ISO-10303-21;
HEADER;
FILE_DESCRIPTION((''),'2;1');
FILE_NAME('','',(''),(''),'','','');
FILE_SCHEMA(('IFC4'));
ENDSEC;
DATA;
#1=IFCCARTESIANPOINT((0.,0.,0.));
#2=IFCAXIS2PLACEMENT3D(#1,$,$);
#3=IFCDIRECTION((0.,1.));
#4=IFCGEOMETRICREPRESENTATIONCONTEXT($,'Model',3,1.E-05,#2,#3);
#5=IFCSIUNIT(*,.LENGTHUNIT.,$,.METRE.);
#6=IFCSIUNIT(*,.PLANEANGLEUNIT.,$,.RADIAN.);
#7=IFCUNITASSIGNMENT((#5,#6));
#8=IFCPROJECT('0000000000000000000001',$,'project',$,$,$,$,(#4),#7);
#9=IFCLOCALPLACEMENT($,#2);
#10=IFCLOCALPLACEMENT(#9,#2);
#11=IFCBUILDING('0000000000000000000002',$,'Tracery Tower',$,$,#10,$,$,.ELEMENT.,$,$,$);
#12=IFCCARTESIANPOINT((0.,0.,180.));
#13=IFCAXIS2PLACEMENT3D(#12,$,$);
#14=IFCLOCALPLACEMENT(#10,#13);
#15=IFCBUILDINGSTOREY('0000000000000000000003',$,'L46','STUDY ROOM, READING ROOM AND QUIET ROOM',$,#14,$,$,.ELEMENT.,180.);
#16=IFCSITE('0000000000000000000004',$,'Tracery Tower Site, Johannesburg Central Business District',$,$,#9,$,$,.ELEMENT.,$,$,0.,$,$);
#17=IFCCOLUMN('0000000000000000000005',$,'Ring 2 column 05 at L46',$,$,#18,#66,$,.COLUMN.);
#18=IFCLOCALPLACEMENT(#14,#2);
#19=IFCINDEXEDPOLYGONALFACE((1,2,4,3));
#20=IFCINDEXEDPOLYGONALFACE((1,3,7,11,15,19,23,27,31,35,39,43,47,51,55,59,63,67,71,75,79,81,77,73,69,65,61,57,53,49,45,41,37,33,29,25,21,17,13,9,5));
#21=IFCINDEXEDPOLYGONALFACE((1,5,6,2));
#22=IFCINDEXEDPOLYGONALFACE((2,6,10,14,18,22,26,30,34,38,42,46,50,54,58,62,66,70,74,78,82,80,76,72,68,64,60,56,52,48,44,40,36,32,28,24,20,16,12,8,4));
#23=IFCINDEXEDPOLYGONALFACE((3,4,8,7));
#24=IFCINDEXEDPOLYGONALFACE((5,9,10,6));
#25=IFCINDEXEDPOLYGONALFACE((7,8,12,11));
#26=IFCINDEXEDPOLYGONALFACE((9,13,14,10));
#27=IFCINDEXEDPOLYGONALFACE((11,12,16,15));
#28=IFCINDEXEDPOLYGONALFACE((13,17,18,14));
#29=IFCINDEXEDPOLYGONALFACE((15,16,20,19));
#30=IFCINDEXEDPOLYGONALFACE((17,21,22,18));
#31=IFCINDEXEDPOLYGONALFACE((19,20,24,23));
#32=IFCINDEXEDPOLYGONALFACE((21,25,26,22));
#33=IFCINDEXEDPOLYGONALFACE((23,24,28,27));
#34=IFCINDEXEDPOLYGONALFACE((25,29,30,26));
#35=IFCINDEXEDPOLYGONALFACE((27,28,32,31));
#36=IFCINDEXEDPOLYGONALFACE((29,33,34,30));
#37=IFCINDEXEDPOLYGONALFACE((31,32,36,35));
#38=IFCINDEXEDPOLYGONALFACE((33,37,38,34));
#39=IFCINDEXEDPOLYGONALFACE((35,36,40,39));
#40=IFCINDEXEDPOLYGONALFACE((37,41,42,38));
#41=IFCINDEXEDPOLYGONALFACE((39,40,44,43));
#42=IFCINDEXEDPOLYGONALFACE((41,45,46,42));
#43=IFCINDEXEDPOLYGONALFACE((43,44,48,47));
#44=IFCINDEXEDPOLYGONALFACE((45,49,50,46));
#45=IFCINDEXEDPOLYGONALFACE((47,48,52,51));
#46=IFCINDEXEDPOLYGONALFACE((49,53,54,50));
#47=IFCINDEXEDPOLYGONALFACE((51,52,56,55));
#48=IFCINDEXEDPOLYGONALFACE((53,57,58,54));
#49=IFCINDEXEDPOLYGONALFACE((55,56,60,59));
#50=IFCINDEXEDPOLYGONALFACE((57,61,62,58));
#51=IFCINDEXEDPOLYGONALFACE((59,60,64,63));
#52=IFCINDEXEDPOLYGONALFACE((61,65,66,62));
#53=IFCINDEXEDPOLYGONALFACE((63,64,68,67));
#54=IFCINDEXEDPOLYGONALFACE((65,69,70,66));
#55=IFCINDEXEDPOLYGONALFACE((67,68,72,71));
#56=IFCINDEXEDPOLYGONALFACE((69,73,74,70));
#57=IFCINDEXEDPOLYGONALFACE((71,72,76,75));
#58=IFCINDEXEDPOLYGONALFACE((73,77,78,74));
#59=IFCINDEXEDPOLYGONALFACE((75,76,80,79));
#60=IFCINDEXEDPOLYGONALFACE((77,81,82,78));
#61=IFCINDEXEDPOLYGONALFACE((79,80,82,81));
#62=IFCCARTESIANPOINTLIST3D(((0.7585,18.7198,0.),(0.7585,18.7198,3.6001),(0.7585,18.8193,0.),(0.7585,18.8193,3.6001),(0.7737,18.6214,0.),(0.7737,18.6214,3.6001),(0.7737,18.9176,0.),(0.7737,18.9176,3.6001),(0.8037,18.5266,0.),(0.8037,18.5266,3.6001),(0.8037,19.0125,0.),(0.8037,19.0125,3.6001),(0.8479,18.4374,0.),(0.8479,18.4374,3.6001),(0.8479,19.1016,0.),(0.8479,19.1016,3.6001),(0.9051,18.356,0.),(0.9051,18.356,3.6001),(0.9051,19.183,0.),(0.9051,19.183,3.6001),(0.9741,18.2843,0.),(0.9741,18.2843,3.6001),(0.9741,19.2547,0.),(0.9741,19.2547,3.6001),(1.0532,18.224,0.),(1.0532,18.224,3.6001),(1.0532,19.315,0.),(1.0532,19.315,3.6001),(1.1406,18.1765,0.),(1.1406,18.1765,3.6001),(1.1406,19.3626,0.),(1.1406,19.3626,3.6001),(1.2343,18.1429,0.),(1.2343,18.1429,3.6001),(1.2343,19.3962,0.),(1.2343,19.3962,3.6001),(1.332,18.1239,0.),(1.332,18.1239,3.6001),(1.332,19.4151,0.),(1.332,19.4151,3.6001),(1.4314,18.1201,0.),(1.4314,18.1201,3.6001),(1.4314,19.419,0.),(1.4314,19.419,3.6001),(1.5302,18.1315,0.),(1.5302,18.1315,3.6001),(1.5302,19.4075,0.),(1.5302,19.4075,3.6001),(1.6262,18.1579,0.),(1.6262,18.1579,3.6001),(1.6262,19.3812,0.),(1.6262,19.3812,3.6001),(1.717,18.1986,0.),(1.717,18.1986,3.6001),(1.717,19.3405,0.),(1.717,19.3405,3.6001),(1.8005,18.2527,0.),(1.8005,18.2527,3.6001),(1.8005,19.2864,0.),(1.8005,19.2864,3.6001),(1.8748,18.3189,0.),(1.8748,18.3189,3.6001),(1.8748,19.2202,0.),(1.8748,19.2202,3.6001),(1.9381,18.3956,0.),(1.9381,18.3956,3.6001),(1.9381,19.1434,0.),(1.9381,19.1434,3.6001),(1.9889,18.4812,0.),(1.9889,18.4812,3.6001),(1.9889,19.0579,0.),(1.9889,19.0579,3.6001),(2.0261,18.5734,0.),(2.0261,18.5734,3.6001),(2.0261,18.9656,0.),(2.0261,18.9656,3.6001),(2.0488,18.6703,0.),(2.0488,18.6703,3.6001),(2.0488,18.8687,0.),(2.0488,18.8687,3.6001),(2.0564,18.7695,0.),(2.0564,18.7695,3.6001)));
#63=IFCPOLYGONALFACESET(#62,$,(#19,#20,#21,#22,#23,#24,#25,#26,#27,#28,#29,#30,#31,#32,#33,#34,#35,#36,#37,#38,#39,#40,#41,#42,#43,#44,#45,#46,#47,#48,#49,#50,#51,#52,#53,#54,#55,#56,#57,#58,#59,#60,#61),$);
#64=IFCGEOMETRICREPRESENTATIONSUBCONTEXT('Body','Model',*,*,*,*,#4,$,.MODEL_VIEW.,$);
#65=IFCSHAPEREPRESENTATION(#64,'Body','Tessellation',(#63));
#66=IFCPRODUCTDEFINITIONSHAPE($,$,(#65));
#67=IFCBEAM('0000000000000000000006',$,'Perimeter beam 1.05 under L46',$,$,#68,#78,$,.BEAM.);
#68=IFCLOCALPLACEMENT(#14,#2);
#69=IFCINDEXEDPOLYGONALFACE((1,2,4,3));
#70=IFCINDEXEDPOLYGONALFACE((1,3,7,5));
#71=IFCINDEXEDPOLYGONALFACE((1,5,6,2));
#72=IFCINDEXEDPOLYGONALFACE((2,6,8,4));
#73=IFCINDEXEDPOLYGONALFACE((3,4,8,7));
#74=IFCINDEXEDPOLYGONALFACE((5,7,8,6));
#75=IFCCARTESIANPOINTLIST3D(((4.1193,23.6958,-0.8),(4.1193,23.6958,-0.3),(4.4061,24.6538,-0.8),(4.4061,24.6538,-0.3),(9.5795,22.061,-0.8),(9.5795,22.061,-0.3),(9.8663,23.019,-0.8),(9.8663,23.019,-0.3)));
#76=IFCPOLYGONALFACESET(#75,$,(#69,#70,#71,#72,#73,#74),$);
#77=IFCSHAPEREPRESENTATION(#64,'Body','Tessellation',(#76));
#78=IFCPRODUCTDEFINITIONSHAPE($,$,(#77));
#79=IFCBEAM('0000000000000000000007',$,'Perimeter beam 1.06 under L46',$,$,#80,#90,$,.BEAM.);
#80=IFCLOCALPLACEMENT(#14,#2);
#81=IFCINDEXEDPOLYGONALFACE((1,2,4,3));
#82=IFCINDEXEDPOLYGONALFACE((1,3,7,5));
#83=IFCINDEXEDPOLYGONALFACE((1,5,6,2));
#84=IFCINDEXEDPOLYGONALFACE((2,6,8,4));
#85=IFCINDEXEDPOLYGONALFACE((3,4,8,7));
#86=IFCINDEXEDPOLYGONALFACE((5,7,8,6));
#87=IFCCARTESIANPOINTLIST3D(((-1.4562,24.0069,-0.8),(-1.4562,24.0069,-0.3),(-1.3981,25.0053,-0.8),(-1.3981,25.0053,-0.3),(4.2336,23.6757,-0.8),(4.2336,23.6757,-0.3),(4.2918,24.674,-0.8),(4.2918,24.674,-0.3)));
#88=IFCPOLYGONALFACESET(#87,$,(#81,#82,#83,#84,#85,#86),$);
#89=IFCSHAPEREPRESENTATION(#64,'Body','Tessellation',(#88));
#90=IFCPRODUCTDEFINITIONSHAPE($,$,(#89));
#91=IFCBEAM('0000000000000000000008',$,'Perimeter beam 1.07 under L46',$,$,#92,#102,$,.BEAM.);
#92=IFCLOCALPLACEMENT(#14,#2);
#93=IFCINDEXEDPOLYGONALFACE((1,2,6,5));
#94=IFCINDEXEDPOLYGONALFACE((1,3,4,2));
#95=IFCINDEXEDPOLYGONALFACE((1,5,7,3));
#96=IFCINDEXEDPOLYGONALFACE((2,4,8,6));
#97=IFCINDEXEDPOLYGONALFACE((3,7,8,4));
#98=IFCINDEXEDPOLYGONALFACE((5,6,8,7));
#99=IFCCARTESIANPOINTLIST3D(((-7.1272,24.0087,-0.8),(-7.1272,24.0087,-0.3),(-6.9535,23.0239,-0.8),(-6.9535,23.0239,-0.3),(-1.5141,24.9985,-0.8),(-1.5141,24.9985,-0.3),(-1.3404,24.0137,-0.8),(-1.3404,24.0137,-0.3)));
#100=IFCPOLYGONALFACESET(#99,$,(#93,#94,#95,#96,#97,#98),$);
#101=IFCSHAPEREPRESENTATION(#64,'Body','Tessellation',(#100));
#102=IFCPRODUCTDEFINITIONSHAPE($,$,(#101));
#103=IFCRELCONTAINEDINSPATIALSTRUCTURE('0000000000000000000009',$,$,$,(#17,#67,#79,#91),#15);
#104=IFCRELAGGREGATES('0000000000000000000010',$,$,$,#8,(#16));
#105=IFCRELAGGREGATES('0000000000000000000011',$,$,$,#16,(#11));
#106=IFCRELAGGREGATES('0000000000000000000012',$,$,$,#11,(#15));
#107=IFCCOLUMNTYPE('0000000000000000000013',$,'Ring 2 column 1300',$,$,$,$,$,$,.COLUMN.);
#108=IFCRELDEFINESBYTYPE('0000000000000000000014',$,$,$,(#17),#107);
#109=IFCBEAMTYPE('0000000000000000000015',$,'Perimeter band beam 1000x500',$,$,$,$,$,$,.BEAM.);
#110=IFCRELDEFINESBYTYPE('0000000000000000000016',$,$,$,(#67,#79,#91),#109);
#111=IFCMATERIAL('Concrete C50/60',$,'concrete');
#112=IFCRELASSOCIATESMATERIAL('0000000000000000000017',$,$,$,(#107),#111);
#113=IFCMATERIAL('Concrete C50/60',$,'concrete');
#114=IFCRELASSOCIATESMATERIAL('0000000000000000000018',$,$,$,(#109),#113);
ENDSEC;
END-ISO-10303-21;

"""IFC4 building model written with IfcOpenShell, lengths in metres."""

from ifc_helpers import new_model, si_unit, direction, frame, origin, origin_2d, place, context, subcontext, project, spatial, rectangle, circle, extrude, material, material_profile, profile_set, type_object, element, save


model = new_model("IFC4")

# Units and contexts
model_context = context("Model", 3, precision=1e-05, world=origin(), true_north=direction((0.0, 1.0)))
body_context = subcontext(model_context, "Body", "Model", "MODEL_VIEW")
ifc_project = project(units=[si_unit("LENGTHUNIT", "METRE"), si_unit("PLANEANGLEUNIT", "RADIAN")], contexts=[model_context])

# Site, building, storey
site_placement = place(None, origin())
site = spatial("IfcSite", under=ifc_project, at=site_placement, Name="Tracery Tower Site, Johannesburg Central Business District", CompositionType="ELEMENT", RefElevation=0.0)
building_placement = place(site_placement, origin())
building = spatial("IfcBuilding", under=site, at=building_placement, Name="Tracery Tower", CompositionType="ELEMENT")
storey_placement = place(building_placement, frame((0.0, 0.0, 180.0)))
storey = spatial("IfcBuildingStorey", under=building, at=storey_placement, Name="L46", Description="STUDY ROOM, READING ROOM AND QUIET ROOM", CompositionType="ELEMENT", Elevation=180.0)

# Column
ifc_material_1 = material(Name="Concrete C50/60", Category="concrete")
ifc_material_profile_1 = material_profile(ifc_material_1, circle(Radius=0.6499, at=origin_2d()), Name="RC D1300")
ifc_profile_set_1 = profile_set([ifc_material_profile_1], Name="Concrete C50/60")
column_type_1 = type_object("IfcColumnType", Name="Ring 2 column 1300", PredefinedType="COLUMN", material=ifc_profile_set_1)
for number, where, z_axis, x_axis, name in (
    (1, (1.4065, 18.7695, 0.0), (0.0, 0.0, 1.0), (1.0, 0.0, 0.0), "Ring 2 column 05 at L46"),
):
    element("IfcColumn", number, at=place(storey_placement, frame(where, z_axis=z_axis, x_axis=x_axis)), inside=storey, type_object=column_type_1, Name=name, PredefinedType="COLUMN", context=body_context, shape_type="SweptSolid", body=[
        extrude(circle(Radius=0.6499, at=origin_2d()), origin(), (0.0, 0.0, 1.0), 3.6001),
    ])

# Beams
ifc_material_2 = material(Name="Concrete C50/60", Category="concrete")
ifc_material_profile_2 = material_profile(ifc_material_2, rectangle(XDim=1.0, YDim=0.5, at=origin_2d()), Name="RC 1000x500")
ifc_profile_set_2 = profile_set([ifc_material_profile_2], Name="Concrete C50/60")
beam_type = type_object("IfcBeamType", Name="Perimeter band beam 1000x500", PredefinedType="BEAM", material=ifc_profile_set_2)
beam_1_placement = place(storey_placement, frame((9.7229, 22.54, -0.55), z_axis=(-0.957985, 0.286817, 0.0), x_axis=(-0.286817, -0.957985, 0.0)))
element("IfcBeam", 2, at=beam_1_placement, inside=storey, type_object=beam_type, Name="Perimeter beam 1.05 under L46", PredefinedType="BEAM", context=body_context, shape_type="SweptSolid", body=[
    extrude(rectangle(XDim=1.0, YDim=0.5, at=origin_2d()), origin(), (0.0, 0.0, 1.0), 5.6997),
])
beam_2_placement = place(storey_placement, frame((4.2627, 24.1748, -0.55), z_axis=(-0.998309, 0.058127, 0.0), x_axis=(-0.058127, -0.998309, 0.0)))
element("IfcBeam", 3, at=beam_2_placement, inside=storey, type_object=beam_type, Name="Perimeter beam 1.06 under L46", PredefinedType="BEAM", context=body_context, shape_type="SweptSolid", body=[
    extrude(rectangle(XDim=1.0, YDim=0.5, at=origin_2d()), origin(), (0.0, 0.0, 1.0), 5.6995),
])
beam_3_placement = place(storey_placement, frame((-1.4272, 24.5061, -0.55), z_axis=(-0.984807, -0.173651, 0.0), x_axis=(0.173651, -0.984807, 0.0)))
element("IfcBeam", 4, at=beam_3_placement, inside=storey, type_object=beam_type, Name="Perimeter beam 1.07 under L46", PredefinedType="BEAM", context=body_context, shape_type="SweptSolid", body=[
    extrude(rectangle(XDim=1.0, YDim=0.5, at=origin_2d()), origin(), (0.0, 0.0, 1.0), 5.6997),
])

save(model, "model.ifc")
